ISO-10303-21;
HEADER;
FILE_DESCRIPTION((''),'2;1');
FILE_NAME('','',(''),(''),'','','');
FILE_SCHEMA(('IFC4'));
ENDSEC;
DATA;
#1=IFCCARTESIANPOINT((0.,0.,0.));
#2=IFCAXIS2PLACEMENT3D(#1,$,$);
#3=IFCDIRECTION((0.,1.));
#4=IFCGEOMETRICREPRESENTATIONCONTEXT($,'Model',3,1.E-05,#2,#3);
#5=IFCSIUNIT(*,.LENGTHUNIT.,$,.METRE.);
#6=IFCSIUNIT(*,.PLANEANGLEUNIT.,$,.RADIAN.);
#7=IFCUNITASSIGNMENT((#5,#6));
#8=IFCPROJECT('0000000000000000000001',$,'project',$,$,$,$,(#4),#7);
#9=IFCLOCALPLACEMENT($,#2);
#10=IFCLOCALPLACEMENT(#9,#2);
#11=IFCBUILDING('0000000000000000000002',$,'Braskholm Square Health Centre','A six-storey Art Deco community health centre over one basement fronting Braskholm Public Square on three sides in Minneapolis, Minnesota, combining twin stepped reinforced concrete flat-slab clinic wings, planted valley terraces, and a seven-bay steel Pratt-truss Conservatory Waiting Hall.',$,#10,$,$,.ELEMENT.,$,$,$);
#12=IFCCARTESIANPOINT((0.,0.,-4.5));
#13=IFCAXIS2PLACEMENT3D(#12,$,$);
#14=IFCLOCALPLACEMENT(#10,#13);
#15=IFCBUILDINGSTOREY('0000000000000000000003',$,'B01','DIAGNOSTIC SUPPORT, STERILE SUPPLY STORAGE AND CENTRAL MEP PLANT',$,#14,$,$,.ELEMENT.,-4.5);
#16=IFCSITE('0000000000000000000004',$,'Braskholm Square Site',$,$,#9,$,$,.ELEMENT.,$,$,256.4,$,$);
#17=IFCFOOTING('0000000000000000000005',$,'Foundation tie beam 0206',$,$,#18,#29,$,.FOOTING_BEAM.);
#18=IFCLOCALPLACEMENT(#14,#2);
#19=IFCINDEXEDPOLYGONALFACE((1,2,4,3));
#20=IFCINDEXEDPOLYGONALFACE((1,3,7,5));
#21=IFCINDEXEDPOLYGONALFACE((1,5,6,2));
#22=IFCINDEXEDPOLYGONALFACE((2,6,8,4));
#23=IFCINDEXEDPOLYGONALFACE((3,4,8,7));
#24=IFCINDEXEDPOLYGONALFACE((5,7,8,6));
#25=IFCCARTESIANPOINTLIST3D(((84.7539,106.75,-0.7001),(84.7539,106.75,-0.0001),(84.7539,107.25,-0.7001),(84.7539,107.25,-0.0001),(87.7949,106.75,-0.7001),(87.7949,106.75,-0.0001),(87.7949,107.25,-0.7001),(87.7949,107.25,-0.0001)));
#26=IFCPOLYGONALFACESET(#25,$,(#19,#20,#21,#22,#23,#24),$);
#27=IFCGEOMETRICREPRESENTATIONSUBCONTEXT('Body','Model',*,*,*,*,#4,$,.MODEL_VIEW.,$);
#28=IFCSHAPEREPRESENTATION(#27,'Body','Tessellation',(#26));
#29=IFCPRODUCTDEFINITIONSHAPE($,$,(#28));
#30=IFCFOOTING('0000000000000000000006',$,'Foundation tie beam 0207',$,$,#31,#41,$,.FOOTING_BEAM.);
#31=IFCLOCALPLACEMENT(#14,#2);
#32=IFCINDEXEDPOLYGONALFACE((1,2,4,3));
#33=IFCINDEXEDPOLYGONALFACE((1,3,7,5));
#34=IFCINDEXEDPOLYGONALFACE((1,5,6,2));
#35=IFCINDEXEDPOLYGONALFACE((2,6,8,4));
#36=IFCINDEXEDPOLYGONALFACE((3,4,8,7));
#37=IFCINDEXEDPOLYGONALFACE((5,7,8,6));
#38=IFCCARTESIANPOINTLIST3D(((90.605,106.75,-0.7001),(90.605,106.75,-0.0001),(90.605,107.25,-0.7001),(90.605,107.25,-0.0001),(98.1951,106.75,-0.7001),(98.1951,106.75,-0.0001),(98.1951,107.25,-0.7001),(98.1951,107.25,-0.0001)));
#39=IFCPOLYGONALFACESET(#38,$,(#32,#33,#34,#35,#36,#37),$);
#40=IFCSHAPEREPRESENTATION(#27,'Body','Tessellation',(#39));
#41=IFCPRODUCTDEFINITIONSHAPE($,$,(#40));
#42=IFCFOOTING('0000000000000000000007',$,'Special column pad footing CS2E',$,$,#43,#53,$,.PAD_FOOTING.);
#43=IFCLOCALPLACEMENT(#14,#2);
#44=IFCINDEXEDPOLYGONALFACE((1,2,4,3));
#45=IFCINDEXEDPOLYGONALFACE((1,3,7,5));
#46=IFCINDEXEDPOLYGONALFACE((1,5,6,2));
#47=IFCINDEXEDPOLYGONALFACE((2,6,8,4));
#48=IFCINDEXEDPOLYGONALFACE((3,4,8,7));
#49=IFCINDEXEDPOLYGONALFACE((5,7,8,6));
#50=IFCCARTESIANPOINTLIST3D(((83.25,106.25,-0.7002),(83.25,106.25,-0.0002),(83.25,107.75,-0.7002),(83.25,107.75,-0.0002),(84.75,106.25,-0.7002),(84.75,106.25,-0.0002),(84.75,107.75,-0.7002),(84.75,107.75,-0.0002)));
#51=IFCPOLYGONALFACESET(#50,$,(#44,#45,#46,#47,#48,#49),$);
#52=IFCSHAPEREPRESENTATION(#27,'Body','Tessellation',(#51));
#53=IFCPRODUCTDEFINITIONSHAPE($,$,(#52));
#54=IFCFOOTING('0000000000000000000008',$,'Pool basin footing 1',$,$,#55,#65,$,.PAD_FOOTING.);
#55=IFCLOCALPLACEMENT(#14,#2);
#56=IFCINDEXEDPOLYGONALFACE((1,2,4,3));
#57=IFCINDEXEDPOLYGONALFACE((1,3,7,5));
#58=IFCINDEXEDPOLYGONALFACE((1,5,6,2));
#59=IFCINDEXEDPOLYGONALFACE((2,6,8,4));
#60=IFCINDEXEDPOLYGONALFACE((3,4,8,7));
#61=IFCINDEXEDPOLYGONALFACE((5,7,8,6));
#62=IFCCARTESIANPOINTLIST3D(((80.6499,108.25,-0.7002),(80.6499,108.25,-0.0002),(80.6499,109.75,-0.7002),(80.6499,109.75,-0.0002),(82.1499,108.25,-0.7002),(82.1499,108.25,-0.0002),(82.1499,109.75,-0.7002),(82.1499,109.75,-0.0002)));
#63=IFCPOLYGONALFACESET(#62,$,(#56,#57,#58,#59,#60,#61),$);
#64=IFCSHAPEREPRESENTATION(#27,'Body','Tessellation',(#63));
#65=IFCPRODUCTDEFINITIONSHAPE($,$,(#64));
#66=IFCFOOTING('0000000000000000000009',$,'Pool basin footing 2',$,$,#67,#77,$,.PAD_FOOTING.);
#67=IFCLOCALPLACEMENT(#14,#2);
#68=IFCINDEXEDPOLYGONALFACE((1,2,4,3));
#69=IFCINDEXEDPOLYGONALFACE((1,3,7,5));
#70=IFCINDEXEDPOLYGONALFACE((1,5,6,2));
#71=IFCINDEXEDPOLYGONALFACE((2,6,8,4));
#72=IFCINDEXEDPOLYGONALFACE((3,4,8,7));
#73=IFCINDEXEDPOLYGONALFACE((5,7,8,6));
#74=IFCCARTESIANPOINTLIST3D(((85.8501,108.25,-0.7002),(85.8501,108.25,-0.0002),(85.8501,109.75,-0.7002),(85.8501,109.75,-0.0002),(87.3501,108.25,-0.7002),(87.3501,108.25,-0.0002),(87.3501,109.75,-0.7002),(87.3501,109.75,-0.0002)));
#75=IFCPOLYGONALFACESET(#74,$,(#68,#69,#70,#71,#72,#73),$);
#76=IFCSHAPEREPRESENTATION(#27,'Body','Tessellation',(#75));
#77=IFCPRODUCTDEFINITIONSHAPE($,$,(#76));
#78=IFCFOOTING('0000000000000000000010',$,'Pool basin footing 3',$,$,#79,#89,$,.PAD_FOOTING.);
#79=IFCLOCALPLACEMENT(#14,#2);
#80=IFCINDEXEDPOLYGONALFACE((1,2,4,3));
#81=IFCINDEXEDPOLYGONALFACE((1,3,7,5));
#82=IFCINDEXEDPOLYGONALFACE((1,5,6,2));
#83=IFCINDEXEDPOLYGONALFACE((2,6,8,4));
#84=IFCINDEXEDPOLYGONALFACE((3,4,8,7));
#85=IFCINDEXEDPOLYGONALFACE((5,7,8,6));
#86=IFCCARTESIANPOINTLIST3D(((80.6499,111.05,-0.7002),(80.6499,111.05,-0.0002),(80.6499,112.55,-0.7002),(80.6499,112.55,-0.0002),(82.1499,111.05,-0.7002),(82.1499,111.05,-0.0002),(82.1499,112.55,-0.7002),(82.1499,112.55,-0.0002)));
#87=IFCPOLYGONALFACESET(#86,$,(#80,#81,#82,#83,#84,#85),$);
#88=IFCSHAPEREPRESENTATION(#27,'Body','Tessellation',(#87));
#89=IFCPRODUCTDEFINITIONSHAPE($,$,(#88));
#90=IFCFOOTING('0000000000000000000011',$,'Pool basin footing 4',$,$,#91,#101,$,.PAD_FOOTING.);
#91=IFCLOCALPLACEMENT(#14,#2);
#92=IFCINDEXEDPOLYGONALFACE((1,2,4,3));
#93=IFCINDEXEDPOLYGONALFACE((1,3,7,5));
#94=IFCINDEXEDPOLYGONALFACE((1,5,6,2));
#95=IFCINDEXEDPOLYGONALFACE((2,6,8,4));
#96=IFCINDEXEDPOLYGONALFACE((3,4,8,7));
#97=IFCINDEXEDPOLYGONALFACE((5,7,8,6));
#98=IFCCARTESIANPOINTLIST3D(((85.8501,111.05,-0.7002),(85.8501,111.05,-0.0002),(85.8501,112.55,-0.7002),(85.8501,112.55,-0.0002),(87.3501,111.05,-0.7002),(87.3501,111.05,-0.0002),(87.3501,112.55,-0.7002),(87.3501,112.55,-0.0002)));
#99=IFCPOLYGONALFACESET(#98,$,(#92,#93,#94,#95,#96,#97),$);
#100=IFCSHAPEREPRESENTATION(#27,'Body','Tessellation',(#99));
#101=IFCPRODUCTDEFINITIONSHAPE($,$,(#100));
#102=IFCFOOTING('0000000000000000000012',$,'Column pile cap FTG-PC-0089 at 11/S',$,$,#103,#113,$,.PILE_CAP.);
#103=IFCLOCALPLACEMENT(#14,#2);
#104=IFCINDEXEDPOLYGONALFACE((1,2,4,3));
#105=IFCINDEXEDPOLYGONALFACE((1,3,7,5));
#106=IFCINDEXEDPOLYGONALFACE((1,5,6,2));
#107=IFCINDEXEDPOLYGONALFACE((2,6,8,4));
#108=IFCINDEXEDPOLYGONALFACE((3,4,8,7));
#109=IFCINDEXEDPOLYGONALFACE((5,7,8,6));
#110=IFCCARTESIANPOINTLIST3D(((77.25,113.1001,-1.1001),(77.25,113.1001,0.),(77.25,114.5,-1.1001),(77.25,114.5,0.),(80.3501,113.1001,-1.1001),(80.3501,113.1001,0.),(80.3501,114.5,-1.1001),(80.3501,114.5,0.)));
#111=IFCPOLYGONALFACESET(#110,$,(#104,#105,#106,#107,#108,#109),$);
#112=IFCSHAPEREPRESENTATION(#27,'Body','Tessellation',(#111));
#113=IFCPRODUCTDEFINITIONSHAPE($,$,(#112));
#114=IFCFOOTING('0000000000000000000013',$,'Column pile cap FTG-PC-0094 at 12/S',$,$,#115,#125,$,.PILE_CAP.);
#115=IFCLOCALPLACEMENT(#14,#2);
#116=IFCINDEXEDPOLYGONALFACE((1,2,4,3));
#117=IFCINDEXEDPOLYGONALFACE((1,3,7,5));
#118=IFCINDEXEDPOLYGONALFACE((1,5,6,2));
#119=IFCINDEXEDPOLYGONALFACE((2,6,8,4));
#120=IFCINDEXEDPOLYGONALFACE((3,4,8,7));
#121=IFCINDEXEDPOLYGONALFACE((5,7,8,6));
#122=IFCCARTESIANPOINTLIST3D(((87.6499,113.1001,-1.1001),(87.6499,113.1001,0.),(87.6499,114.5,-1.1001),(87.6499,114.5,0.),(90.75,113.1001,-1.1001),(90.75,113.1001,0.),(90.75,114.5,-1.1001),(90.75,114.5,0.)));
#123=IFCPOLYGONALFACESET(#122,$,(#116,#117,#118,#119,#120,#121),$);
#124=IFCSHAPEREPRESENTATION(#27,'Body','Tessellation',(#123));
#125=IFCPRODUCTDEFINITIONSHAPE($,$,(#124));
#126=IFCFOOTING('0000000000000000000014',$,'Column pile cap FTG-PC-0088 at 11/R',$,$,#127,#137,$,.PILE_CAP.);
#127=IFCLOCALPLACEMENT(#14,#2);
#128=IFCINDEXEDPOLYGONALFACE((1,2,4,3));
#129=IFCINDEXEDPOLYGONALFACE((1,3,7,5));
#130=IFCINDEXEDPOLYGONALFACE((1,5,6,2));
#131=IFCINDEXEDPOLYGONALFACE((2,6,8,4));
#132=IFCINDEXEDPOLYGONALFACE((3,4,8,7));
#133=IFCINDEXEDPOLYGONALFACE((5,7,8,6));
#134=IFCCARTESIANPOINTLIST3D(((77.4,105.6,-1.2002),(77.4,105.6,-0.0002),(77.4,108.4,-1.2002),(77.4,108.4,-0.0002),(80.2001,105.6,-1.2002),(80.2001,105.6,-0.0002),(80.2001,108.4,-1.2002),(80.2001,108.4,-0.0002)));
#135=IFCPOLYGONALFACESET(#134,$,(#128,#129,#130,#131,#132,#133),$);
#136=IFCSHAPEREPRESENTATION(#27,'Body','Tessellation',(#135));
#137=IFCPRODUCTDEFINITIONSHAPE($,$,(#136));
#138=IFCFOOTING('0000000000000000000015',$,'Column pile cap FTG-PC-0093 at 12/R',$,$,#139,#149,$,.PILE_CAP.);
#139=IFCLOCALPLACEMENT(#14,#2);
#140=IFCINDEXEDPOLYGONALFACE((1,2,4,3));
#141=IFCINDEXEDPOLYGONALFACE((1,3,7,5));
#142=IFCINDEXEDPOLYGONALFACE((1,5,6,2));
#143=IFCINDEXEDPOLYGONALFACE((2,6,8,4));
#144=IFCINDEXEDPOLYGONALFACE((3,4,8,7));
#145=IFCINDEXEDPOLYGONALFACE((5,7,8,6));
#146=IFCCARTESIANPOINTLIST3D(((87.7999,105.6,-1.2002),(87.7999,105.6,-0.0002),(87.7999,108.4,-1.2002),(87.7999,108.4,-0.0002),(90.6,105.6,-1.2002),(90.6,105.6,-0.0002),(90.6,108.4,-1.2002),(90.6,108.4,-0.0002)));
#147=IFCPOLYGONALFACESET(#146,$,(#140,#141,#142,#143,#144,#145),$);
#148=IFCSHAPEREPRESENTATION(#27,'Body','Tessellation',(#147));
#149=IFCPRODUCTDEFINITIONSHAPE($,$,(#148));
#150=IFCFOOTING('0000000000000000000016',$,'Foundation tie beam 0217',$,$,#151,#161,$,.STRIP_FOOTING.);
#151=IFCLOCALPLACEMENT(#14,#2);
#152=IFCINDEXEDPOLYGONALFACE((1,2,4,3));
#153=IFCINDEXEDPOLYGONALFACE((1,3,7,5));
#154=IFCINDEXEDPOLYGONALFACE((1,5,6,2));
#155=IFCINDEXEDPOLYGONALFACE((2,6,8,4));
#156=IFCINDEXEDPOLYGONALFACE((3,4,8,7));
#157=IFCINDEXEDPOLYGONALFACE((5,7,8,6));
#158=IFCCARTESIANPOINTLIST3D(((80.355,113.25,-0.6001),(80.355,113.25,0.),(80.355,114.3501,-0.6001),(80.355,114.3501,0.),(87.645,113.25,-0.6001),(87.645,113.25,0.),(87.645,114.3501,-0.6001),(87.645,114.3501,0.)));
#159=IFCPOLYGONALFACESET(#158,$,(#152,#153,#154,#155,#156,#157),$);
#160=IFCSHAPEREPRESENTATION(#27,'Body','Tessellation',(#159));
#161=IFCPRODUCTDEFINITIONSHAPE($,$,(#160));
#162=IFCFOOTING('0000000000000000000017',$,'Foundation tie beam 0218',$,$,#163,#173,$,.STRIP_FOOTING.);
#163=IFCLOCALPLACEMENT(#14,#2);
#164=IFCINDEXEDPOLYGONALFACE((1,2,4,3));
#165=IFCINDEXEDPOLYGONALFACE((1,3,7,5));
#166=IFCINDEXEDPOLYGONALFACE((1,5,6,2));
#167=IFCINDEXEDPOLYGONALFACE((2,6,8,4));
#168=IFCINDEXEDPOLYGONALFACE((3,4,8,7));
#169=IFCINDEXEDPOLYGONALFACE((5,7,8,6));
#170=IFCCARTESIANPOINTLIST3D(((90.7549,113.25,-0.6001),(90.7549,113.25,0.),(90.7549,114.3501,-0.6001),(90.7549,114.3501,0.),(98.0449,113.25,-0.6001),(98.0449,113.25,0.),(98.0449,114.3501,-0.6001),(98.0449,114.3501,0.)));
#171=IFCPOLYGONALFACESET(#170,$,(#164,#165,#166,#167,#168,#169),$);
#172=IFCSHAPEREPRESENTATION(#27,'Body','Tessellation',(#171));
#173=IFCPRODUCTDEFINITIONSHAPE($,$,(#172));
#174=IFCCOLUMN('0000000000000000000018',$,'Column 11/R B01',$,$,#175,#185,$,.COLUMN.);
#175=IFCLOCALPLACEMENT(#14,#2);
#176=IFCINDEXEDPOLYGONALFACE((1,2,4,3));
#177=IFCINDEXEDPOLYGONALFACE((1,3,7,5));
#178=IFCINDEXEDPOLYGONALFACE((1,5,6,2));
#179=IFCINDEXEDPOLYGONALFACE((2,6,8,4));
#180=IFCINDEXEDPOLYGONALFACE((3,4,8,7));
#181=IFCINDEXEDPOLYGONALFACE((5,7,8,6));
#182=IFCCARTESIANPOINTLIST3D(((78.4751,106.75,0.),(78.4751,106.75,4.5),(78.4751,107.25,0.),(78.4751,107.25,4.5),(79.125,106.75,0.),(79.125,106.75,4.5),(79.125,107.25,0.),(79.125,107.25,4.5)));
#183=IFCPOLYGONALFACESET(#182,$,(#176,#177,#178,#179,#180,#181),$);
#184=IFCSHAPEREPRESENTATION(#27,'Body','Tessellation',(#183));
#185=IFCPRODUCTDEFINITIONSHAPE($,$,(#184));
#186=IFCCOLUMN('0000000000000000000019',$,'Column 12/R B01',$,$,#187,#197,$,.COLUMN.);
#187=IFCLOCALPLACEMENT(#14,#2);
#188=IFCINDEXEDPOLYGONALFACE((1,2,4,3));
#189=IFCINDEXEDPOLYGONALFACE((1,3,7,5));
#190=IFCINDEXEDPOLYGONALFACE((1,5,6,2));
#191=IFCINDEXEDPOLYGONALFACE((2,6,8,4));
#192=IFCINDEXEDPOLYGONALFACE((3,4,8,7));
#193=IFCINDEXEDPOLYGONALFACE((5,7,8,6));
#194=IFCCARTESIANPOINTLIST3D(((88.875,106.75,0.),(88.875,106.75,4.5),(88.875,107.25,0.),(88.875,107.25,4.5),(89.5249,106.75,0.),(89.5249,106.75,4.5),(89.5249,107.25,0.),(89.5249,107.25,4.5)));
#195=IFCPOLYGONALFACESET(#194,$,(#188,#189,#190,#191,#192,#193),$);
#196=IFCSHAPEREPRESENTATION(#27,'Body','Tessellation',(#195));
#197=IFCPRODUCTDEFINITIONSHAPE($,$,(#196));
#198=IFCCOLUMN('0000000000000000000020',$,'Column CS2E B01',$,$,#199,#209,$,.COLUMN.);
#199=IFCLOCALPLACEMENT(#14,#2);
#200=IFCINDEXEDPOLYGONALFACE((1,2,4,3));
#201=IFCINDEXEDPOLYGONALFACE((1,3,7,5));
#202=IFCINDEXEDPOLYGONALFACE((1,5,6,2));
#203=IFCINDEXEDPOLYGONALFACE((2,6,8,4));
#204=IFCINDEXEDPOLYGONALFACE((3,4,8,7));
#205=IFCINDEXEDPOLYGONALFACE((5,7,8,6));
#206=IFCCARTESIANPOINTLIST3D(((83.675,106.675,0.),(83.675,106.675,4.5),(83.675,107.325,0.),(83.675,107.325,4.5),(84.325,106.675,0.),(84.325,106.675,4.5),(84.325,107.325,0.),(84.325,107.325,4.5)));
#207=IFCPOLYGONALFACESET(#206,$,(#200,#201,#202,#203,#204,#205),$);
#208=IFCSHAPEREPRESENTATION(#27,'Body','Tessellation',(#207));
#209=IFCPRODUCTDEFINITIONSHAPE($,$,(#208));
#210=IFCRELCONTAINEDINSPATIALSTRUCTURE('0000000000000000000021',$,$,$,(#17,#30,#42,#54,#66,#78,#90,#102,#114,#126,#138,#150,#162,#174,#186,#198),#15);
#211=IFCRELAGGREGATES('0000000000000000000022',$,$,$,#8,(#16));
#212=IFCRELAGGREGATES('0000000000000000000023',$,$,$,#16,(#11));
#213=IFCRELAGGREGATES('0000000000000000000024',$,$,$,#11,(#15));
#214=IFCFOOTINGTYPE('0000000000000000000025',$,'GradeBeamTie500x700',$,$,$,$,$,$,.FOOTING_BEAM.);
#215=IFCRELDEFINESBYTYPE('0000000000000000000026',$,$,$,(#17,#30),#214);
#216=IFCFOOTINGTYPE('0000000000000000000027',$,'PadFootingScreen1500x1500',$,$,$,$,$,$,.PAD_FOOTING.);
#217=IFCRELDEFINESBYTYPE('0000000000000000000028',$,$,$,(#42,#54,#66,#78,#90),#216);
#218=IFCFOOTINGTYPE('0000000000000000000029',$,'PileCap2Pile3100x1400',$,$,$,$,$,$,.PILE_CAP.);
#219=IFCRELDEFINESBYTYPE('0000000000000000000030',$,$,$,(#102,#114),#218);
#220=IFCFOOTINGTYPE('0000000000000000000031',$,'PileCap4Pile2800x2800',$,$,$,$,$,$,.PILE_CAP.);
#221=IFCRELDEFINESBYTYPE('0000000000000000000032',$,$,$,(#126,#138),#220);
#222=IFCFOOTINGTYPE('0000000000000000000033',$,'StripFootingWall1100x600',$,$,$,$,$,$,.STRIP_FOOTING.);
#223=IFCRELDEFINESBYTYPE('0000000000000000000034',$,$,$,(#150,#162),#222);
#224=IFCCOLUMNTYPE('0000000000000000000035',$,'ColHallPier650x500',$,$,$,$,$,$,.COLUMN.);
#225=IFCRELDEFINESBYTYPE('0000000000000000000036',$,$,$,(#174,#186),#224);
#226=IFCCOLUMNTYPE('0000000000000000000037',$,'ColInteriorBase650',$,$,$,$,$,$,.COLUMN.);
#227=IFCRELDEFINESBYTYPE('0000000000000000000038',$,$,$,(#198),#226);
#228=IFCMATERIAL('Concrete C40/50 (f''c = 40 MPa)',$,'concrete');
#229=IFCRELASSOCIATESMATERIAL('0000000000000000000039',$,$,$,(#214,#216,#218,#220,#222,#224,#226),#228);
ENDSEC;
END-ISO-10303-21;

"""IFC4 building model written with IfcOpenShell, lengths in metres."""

from ifc_helpers import new_model, si_unit, direction, frame, origin, origin_2d, place, context, subcontext, project, spatial, rectangle, extrude, material, material_profile, profile_set, type_object, element, save


model = new_model("IFC4")

# Units and contexts
model_context = context("Model", 3, precision=1e-05, world=origin(), true_north=direction((0.0, 1.0)))
body_context = subcontext(model_context, "Body", "Model", "MODEL_VIEW")
ifc_project = project(units=[si_unit("LENGTHUNIT", "METRE"), si_unit("PLANEANGLEUNIT", "RADIAN")], contexts=[model_context])

# Site, building, storey
site_placement = place(None, origin())
site = spatial("IfcSite", under=ifc_project, at=site_placement, Name="Braskholm Square Site", CompositionType="ELEMENT", RefElevation=256.4)
building_placement = place(site_placement, origin())
building = spatial("IfcBuilding", under=site, at=building_placement, Name="Braskholm Square Health Centre", Description="A six-storey Art Deco community health centre over one basement fronting Braskholm Public Square on three sides in Minneapolis, Minnesota, combining twin stepped reinforced concrete flat-slab clinic wings, planted valley terraces, and a seven-bay steel Pratt-truss Conservatory Waiting Hall.", CompositionType="ELEMENT")
storey_placement = place(building_placement, frame((0.0, 0.0, -4.5)))
storey = spatial("IfcBuildingStorey", under=building, at=storey_placement, Name="B01", Description="DIAGNOSTIC SUPPORT, STERILE SUPPLY STORAGE AND CENTRAL MEP PLANT", CompositionType="ELEMENT", Elevation=-4.5)

# Shared definitions
ifc_material_1 = material(Name="Concrete C40/50 (f'c = 40 MPa)", Category="concrete")

# Footings
ifc_material_profile_1 = material_profile(ifc_material_1, rectangle(XDim=0.5, YDim=0.7, at=origin_2d()), Name="FTG-500X700")
ifc_profile_set_1 = profile_set([ifc_material_profile_1], Name="Concrete C40/50 (f'c = 40 MPa)")
footing_type_1 = type_object("IfcFootingType", Name="GradeBeamTie500x700", PredefinedType="FOOTING_BEAM", material=ifc_profile_set_1)
for number, where, z_axis, x_axis, name in (
    (1, (84.7539, 107.0, -0.3501), (1.0, 0.0, 0.0), (0.0, 1.0, 0.0), "Foundation tie beam 0206"),
):
    element("IfcFooting", number, at=place(storey_placement, frame(where, z_axis=z_axis, x_axis=x_axis)), inside=storey, type_object=footing_type_1, Name=name, PredefinedType="FOOTING_BEAM", context=body_context, shape_type="SweptSolid", body=[
        extrude(rectangle(XDim=0.5, YDim=0.7, at=origin_2d()), origin(), (0.0, 0.0, 1.0), 3.041),
    ])
footing_1_placement = place(storey_placement, frame((90.605, 107.0, -0.3501), z_axis=(1.0, 0.0, 0.0), x_axis=(0.0, 1.0, 0.0)))
element("IfcFooting", 2, at=footing_1_placement, inside=storey, type_object=footing_type_1, Name="Foundation tie beam 0207", PredefinedType="FOOTING_BEAM", context=body_context, shape_type="SweptSolid", body=[
    extrude(rectangle(XDim=0.5, YDim=0.7, at=origin_2d()), origin(), (0.0, 0.0, 1.0), 7.5901),
])
footing_type_2 = type_object("IfcFootingType", Name="PadFootingScreen1500x1500", PredefinedType="PAD_FOOTING", material=ifc_material_1)
for number, where, z_axis, x_axis, name in (
    (3, (84.0, 107.0, -0.7002), (0.0, 0.0, 1.0), (1.0, 0.0, 0.0), "Special column pad footing CS2E"),
    (4, (81.3999, 109.0, -0.7002), (0.0, 0.0, 1.0), (1.0, 0.0, 0.0), "Pool basin footing 1"),
    (5, (86.6001, 109.0, -0.7002), (0.0, 0.0, 1.0), (1.0, 0.0, 0.0), "Pool basin footing 2"),
    (6, (81.3999, 111.8, -0.7002), (0.0, 0.0, 1.0), (1.0, 0.0, 0.0), "Pool basin footing 3"),
    (7, (86.6001, 111.8, -0.7002), (0.0, 0.0, 1.0), (1.0, 0.0, 0.0), "Pool basin footing 4"),
):
    element("IfcFooting", number, at=place(storey_placement, frame(where, z_axis=z_axis, x_axis=x_axis)), inside=storey, type_object=footing_type_2, Name=name, PredefinedType="PAD_FOOTING", context=body_context, shape_type="SweptSolid", body=[
        extrude(rectangle(XDim=1.5, YDim=1.5, at=origin_2d()), origin(), (0.0, 0.0, 1.0), 0.7),
    ])
footing_type_3 = type_object("IfcFootingType", Name="PileCap2Pile3100x1400", PredefinedType="PILE_CAP", material=ifc_material_1)
for number, where, z_axis, x_axis, name in (
    (8, (78.8, 113.8, -1.1001), (0.0, 0.0, 1.0), (1.0, 0.0, 0.0), "Column pile cap FTG-PC-0089 at 11/S"),
    (9, (89.2, 113.8, -1.1001), (0.0, 0.0, 1.0), (1.0, 0.0, 0.0), "Column pile cap FTG-PC-0094 at 12/S"),
):
    element("IfcFooting", number, at=place(storey_placement, frame(where, z_axis=z_axis, x_axis=x_axis)), inside=storey, type_object=footing_type_3, Name=name, PredefinedType="PILE_CAP", context=body_context, shape_type="SweptSolid", body=[
        extrude(rectangle(XDim=3.1001, YDim=1.3999, at=origin_2d()), origin(), (0.0, 0.0, 1.0), 1.1001),
    ])
footing_type_4 = type_object("IfcFootingType", Name="PileCap4Pile2800x2800", PredefinedType="PILE_CAP", material=ifc_material_1)
for number, where, z_axis, x_axis, name in (
    (10, (78.8, 107.0, -1.2002), (0.0, 0.0, 1.0), (1.0, 0.0, 0.0), "Column pile cap FTG-PC-0088 at 11/R"),
    (11, (89.2, 107.0, -1.2002), (0.0, 0.0, 1.0), (1.0, 0.0, 0.0), "Column pile cap FTG-PC-0093 at 12/R"),
):
    element("IfcFooting", number, at=place(storey_placement, frame(where, z_axis=z_axis, x_axis=x_axis)), inside=storey, type_object=footing_type_4, Name=name, PredefinedType="PILE_CAP", context=body_context, shape_type="SweptSolid", body=[
        extrude(rectangle(XDim=2.8, YDim=2.8, at=origin_2d()), origin(), (0.0, 0.0, 1.0), 1.2),
    ])
ifc_material_profile_2 = material_profile(ifc_material_1, rectangle(XDim=1.1001, YDim=0.6001, at=origin_2d()), Name="FTG-1100X600")
ifc_profile_set_2 = profile_set([ifc_material_profile_2], Name="Concrete C40/50 (f'c = 40 MPa)")
footing_type_5 = type_object("IfcFootingType", Name="StripFootingWall1100x600", PredefinedType="STRIP_FOOTING", material=ifc_profile_set_2)
for number, where, z_axis, x_axis, name in (
    (12, (80.355, 113.8, -0.3), (1.0, 0.0, 0.0), (0.0, 1.0, 0.0), "Foundation tie beam 0217"),
    (13, (90.7549, 113.8, -0.3), (1.0, 0.0, 0.0), (0.0, 1.0, 0.0), "Foundation tie beam 0218"),
):
    element("IfcFooting", number, at=place(storey_placement, frame(where, z_axis=z_axis, x_axis=x_axis)), inside=storey, type_object=footing_type_5, Name=name, PredefinedType="STRIP_FOOTING", context=body_context, shape_type="SweptSolid", body=[
        extrude(rectangle(XDim=1.1001, YDim=0.6001, at=origin_2d()), origin(), (0.0, 0.0, 1.0), 7.29),
    ])

# Columns
ifc_material_profile_3 = material_profile(ifc_material_1, rectangle(XDim=0.6499, YDim=0.5, at=origin_2d()), Name="RC-650X500")
ifc_profile_set_3 = profile_set([ifc_material_profile_3], Name="Concrete C40/50 (f'c = 40 MPa)")
column_type_1 = type_object("IfcColumnType", Name="ColHallPier650x500", PredefinedType="COLUMN", material=ifc_profile_set_3)
for number, where, z_axis, x_axis, name in (
    (14, (78.8, 107.0, 0.0), (0.0, 0.0, 1.0), (1.0, 0.0, 0.0), "Column 11/R B01"),
    (15, (89.2, 107.0, 0.0), (0.0, 0.0, 1.0), (1.0, 0.0, 0.0), "Column 12/R B01"),
):
    element("IfcColumn", number, at=place(storey_placement, frame(where, z_axis=z_axis, x_axis=x_axis)), inside=storey, type_object=column_type_1, Name=name, PredefinedType="COLUMN", context=body_context, shape_type="SweptSolid", body=[
        extrude(rectangle(XDim=0.6499, YDim=0.5, at=origin_2d()), origin(), (0.0, 0.0, 1.0), 4.5),
    ])
ifc_material_profile_4 = material_profile(ifc_material_1, rectangle(XDim=0.6499, YDim=0.6499, at=origin_2d()), Name="RC-650X650")
ifc_profile_set_4 = profile_set([ifc_material_profile_4], Name="Concrete C40/50 (f'c = 40 MPa)")
column_type_2 = type_object("IfcColumnType", Name="ColInteriorBase650", PredefinedType="COLUMN", material=ifc_profile_set_4)
for number, where, z_axis, x_axis, name in (
    (16, (84.0, 107.0, 0.0), (0.0, 0.0, 1.0), (1.0, 0.0, 0.0), "Column CS2E B01"),
):
    element("IfcColumn", number, at=place(storey_placement, frame(where, z_axis=z_axis, x_axis=x_axis)), inside=storey, type_object=column_type_2, Name=name, PredefinedType="COLUMN", context=body_context, shape_type="SweptSolid", body=[
        extrude(rectangle(XDim=0.6499, YDim=0.6499, at=origin_2d()), origin(), (0.0, 0.0, 1.0), 4.5),
    ])

save(model, "model.ifc")
